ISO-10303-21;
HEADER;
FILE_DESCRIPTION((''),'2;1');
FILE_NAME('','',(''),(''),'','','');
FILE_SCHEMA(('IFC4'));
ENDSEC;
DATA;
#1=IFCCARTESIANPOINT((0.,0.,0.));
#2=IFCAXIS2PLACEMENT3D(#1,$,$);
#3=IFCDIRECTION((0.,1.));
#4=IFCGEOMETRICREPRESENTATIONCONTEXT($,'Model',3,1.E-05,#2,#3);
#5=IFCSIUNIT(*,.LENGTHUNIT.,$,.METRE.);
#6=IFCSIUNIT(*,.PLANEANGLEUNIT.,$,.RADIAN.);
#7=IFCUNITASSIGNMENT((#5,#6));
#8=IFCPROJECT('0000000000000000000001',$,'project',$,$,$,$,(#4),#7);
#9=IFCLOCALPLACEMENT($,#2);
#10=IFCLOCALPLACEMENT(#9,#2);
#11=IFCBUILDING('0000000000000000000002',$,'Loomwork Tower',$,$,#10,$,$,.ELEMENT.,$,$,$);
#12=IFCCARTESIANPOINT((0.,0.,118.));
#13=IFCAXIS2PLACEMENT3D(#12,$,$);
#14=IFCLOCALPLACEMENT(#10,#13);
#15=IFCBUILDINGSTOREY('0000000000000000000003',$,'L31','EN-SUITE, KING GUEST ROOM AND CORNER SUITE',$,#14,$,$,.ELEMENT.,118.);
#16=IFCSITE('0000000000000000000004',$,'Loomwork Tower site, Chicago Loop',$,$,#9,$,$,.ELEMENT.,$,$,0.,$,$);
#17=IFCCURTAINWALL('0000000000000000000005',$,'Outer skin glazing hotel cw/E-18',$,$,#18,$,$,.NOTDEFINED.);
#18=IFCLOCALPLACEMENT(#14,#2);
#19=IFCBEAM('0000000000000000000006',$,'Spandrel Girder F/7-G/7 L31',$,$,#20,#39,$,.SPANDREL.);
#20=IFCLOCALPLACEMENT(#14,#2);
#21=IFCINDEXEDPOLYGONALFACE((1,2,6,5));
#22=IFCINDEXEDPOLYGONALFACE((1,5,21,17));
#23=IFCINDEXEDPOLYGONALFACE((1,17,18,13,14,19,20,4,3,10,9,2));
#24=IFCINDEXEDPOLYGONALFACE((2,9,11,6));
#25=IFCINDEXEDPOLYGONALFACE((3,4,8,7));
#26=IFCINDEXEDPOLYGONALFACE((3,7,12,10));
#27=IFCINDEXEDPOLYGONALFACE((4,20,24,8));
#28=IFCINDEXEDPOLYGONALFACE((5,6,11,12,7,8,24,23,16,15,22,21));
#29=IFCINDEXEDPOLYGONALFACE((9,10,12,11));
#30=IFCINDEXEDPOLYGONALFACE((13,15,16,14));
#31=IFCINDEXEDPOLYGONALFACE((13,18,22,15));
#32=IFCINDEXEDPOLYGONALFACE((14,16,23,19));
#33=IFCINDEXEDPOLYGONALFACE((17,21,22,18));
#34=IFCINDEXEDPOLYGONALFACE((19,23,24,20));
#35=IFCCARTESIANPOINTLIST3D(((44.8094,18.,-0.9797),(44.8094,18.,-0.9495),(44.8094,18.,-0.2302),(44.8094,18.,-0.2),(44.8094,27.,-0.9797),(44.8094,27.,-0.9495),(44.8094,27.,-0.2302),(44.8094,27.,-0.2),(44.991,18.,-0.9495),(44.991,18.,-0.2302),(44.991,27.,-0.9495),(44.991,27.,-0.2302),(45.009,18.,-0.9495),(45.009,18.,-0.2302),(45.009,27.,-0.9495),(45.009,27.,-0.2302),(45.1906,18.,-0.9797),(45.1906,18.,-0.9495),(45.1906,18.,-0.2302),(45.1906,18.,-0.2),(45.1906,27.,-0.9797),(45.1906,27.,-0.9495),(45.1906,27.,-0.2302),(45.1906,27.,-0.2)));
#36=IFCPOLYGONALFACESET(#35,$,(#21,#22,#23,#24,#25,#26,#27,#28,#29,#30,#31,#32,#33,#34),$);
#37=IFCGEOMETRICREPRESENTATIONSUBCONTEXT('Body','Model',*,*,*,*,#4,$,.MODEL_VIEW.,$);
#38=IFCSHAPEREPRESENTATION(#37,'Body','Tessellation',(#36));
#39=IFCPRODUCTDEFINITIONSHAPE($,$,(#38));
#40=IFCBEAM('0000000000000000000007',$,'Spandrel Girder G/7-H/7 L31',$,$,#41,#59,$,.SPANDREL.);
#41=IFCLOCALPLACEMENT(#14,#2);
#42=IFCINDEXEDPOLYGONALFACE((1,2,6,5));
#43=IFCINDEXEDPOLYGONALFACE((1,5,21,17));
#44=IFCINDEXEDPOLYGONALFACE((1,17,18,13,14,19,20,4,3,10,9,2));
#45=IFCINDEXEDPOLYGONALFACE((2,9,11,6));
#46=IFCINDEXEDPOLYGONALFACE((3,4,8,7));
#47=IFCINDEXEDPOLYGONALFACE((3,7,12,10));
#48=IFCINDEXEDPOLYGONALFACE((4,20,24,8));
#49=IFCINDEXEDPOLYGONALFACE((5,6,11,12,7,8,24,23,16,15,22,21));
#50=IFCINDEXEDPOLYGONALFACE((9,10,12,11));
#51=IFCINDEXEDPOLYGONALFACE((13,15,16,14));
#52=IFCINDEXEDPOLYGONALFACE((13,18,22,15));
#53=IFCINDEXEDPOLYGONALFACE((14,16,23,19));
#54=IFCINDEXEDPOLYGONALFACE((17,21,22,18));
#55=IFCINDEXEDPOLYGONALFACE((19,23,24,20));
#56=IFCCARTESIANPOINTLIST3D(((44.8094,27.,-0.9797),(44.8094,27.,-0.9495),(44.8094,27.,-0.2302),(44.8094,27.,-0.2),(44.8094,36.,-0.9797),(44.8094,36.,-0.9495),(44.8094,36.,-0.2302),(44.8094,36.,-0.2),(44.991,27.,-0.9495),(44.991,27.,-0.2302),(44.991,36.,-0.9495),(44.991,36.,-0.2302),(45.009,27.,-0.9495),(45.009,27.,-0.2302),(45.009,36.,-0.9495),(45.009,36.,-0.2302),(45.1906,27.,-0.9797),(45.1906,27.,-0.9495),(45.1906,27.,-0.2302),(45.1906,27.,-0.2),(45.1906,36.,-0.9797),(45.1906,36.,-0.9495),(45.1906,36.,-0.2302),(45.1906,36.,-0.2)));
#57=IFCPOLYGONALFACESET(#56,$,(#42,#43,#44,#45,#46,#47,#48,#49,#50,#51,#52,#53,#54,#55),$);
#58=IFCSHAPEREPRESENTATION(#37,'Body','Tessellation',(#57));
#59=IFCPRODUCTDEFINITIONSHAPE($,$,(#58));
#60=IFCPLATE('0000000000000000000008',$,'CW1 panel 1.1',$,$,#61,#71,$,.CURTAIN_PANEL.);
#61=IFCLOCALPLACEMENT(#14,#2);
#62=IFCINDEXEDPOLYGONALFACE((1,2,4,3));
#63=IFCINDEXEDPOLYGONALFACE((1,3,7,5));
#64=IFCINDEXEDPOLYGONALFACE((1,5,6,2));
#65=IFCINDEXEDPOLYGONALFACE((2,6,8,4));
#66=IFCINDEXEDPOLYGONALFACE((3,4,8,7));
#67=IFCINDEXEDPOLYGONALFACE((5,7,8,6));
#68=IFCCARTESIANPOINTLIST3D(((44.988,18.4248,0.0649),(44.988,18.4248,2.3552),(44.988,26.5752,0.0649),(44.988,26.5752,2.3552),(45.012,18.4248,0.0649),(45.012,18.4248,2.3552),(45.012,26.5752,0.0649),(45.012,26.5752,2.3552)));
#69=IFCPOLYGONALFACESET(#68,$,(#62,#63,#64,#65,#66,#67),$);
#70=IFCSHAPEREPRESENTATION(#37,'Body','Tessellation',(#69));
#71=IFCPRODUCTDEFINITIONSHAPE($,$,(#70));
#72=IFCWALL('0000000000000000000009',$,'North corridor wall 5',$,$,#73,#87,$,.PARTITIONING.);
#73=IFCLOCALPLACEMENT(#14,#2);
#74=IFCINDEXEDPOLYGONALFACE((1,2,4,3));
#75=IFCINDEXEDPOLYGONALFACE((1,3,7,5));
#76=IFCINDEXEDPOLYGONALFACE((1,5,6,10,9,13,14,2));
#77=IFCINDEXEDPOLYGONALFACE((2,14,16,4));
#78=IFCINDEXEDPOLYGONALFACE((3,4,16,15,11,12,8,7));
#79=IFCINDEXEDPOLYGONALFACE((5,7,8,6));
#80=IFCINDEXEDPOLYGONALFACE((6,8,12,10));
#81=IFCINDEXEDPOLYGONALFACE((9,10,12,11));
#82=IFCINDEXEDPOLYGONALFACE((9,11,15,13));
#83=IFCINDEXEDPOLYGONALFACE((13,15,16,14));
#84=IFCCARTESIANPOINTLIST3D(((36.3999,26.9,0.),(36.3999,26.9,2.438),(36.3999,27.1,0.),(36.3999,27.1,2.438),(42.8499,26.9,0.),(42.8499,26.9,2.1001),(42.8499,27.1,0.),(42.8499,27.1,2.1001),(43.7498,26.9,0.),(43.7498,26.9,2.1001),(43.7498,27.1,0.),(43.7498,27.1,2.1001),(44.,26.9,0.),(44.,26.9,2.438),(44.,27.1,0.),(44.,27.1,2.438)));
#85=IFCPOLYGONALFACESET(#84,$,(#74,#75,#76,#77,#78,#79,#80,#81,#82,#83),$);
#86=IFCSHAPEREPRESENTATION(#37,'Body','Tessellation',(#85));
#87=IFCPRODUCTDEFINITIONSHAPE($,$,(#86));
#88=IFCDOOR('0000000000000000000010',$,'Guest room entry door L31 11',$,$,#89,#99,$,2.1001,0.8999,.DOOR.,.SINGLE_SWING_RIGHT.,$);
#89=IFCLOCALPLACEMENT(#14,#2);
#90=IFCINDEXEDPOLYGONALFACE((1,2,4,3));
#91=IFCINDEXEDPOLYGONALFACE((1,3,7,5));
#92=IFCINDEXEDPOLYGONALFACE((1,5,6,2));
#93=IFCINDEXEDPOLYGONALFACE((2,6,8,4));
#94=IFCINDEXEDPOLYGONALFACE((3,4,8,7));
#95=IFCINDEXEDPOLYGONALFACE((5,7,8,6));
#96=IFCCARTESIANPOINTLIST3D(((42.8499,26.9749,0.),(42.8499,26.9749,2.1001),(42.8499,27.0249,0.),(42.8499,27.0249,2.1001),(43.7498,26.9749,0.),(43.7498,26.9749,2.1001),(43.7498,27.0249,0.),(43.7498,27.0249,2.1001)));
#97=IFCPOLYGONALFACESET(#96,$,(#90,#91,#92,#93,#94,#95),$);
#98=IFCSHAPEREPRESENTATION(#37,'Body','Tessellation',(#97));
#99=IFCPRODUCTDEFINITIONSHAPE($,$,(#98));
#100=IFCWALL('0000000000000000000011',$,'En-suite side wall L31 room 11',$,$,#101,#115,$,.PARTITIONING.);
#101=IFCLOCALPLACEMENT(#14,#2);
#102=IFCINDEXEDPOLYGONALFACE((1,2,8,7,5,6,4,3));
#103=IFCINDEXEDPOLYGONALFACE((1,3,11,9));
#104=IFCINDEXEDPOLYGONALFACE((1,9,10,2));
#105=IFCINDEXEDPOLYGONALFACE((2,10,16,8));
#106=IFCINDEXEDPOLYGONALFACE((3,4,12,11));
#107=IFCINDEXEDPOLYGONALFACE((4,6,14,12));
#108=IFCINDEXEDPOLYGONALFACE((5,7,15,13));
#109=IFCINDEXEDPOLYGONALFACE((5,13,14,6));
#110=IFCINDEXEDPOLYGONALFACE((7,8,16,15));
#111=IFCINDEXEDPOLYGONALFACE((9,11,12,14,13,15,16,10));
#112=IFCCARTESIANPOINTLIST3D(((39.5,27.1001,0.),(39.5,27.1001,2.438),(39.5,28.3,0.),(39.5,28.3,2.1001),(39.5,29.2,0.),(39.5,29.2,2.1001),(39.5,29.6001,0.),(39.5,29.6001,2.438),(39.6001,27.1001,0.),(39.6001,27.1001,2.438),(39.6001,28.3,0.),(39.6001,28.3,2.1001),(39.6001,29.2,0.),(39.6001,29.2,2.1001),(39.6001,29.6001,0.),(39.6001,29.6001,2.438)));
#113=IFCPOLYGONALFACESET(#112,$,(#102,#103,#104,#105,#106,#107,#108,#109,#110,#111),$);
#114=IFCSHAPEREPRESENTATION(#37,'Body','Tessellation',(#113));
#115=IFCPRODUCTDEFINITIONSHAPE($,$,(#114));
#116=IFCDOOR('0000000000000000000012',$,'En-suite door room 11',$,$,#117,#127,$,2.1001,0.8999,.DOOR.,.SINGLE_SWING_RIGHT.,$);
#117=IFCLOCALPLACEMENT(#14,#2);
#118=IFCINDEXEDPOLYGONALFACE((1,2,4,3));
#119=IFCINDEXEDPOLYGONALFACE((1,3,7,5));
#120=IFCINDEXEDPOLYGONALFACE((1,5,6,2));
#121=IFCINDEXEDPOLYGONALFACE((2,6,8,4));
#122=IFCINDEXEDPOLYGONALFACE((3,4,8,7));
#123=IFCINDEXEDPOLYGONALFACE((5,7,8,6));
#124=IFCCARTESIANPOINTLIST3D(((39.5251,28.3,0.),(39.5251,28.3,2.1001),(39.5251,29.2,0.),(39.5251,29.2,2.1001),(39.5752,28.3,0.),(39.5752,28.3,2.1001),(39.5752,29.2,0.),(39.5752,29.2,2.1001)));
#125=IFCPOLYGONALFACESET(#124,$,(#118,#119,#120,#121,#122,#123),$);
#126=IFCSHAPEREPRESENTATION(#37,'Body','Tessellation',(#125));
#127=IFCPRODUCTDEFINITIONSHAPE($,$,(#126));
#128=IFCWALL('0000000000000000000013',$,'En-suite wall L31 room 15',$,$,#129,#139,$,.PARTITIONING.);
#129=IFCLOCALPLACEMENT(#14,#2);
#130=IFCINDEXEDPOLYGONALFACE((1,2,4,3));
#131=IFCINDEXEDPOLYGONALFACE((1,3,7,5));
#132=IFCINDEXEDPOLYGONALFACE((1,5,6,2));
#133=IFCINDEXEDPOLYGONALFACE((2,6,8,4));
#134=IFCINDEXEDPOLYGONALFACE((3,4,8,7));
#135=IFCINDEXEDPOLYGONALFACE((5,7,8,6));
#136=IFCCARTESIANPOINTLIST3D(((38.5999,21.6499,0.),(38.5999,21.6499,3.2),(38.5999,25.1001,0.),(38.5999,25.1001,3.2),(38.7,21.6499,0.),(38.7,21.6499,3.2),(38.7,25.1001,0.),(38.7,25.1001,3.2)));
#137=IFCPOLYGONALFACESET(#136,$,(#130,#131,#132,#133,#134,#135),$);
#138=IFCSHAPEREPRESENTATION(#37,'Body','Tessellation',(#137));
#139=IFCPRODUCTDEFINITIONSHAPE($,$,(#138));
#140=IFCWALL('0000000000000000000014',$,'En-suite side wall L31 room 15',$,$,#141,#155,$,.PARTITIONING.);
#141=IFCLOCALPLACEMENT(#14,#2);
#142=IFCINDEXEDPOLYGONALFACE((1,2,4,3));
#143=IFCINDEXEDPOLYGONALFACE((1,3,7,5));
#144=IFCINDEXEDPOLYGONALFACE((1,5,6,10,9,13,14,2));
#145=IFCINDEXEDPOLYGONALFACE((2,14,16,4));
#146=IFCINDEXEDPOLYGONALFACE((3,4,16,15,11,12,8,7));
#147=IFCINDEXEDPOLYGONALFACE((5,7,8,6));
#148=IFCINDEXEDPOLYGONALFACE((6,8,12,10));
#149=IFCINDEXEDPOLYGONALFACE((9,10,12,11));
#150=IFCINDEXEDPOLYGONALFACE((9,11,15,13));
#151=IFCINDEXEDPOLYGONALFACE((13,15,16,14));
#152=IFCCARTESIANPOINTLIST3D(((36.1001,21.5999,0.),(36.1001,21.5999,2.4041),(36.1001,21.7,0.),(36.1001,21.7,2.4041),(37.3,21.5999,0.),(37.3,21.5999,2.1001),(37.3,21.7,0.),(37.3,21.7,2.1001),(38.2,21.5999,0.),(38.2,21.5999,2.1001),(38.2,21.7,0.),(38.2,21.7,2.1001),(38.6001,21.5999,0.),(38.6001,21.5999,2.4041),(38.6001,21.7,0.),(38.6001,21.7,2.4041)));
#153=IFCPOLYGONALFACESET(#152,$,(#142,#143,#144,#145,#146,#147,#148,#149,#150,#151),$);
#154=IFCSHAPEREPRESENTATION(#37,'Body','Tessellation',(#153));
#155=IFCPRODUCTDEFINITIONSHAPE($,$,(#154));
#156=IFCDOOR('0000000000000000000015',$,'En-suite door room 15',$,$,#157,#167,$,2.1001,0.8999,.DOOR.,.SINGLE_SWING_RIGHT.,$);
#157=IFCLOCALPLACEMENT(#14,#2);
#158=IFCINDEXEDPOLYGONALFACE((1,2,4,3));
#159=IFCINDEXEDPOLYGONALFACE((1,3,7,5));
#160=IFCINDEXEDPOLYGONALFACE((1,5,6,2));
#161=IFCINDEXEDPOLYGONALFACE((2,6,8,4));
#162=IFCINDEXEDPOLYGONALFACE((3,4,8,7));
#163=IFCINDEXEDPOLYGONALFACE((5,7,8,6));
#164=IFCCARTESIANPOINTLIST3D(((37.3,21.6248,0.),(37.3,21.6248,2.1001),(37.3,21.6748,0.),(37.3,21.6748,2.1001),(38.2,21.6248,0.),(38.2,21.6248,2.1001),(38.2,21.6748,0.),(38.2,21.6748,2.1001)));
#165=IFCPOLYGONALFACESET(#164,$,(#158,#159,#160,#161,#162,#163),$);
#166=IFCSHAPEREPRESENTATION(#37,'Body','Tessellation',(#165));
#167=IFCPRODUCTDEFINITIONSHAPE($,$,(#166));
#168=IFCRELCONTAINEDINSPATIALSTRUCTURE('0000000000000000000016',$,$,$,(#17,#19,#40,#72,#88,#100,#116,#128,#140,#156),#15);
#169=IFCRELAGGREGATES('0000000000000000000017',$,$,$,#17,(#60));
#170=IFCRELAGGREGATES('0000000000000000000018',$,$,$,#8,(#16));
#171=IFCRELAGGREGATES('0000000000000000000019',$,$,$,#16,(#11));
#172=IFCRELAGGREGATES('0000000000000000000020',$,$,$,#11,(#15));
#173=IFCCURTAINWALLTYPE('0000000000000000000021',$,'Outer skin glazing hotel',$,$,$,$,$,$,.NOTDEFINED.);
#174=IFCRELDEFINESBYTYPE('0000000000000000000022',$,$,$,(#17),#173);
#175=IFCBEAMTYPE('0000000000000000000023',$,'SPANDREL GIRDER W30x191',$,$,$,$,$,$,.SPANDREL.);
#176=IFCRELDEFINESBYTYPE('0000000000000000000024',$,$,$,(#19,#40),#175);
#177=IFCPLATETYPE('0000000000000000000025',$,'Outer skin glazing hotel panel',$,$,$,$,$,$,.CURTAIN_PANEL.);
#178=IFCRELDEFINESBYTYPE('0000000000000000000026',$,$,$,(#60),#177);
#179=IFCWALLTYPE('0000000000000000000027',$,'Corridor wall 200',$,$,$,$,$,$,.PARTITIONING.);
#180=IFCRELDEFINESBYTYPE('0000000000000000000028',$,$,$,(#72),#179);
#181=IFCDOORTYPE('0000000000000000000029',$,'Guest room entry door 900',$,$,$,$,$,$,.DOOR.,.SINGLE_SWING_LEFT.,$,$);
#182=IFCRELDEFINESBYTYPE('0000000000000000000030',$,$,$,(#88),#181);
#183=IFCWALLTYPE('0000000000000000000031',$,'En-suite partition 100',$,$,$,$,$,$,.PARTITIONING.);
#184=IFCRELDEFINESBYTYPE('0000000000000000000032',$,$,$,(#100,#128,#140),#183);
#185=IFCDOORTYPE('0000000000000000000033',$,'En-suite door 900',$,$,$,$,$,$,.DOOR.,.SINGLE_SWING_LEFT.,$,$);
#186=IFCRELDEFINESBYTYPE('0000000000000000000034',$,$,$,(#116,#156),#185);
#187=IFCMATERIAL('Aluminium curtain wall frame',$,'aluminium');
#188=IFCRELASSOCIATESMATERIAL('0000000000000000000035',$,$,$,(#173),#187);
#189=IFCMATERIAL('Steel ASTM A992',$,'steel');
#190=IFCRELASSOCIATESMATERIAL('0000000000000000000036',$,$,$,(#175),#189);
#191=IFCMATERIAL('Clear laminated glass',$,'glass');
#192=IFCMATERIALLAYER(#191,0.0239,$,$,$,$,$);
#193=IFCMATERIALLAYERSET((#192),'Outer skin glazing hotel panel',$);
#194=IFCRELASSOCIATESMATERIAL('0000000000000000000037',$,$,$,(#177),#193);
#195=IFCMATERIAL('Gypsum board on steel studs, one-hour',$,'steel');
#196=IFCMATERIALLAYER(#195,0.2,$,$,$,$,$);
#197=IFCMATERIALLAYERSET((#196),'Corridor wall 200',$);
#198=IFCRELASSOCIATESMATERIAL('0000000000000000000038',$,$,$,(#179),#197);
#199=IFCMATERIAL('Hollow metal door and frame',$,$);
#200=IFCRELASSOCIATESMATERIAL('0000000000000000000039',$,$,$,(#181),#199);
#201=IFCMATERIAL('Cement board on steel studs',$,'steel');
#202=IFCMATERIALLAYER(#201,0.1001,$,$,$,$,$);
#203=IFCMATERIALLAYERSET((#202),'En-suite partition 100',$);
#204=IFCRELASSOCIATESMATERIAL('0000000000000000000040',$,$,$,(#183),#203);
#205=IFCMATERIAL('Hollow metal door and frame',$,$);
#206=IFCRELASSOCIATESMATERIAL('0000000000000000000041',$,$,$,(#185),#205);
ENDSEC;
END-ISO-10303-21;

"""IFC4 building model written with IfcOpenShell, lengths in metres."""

from ifc_helpers import new_model, si_unit, direction, frame, frame_2d, origin, origin_2d, place, context, subcontext, project, spatial, rectangle, i_section, extrude, material, layer, layer_set, material_profile, profile_set, type_object, element, fill, aggregate, save


model = new_model("IFC4")

# Units and contexts
model_context = context("Model", 3, precision=1e-05, world=origin(), true_north=direction((0.0, 1.0)))
body_context = subcontext(model_context, "Body", "Model", "MODEL_VIEW")
ifc_project = project(units=[si_unit("LENGTHUNIT", "METRE"), si_unit("PLANEANGLEUNIT", "RADIAN")], contexts=[model_context])

# Site, building, storey
site_placement = place(None, origin())
site = spatial("IfcSite", under=ifc_project, at=site_placement, Name="Loomwork Tower site, Chicago Loop", CompositionType="ELEMENT", RefElevation=0.0)
building_placement = place(site_placement, origin())
building = spatial("IfcBuilding", under=site, at=building_placement, Name="Loomwork Tower", CompositionType="ELEMENT")
storey_placement = place(building_placement, frame((0.0, 0.0, 118.0)))
storey = spatial("IfcBuildingStorey", under=building, at=storey_placement, Name="L31", Description="EN-SUITE, KING GUEST ROOM AND CORNER SUITE", CompositionType="ELEMENT", Elevation=118.0)

# Curtain wall
ifc_material_1 = material(Name="Aluminium curtain wall frame", Category="aluminium")
curtain_wall_type = type_object("IfcCurtainWallType", Name="Outer skin glazing hotel", PredefinedType="NOTDEFINED", material=ifc_material_1)
curtain_wall_1_placement = place(storey_placement, origin())
curtain_wall_1 = element("IfcCurtainWall", 1, at=curtain_wall_1_placement, inside=storey, type_object=curtain_wall_type, Name="Outer skin glazing hotel cw/E-18", PredefinedType="NOTDEFINED")

# Beams
ifc_material_2 = material(Name="Steel ASTM A992", Category="steel")
ifc_material_profile_1 = material_profile(ifc_material_2, i_section(OverallWidth=0.3811, OverallDepth=0.7798, WebThickness=0.0181, FlangeThickness=0.0303, at=origin_2d()), Name="W30x191")
ifc_profile_set_1 = profile_set([ifc_material_profile_1], Name="Steel ASTM A992")
beam_type_1 = type_object("IfcBeamType", Name="SPANDREL GIRDER W30x191", PredefinedType="SPANDREL", material=ifc_profile_set_1)
for number, where, z_axis, x_axis, name in (
    (2, (45.0, 18.0, -0.5898), (0.0, 1.0, 0.0), (-1.0, 0.0, 0.0), "Spandrel Girder F/7-G/7 L31"),
    (3, (45.0, 27.0, -0.5898), (0.0, 1.0, 0.0), (-1.0, 0.0, 0.0), "Spandrel Girder G/7-H/7 L31"),
):
    element("IfcBeam", number, at=place(storey_placement, frame(where, z_axis=z_axis, x_axis=x_axis)), inside=storey, type_object=beam_type_1, Name=name, PredefinedType="SPANDREL", context=body_context, shape_type="SweptSolid", body=[
        extrude(i_section(OverallWidth=0.3811, OverallDepth=0.7798, WebThickness=0.0181, FlangeThickness=0.0303, at=origin_2d()), origin(), (0.0, 0.0, 1.0), 9.0),
    ])

# Plate
ifc_material_3 = material(Name="Clear laminated glass", Category="glass")
ifc_layer_1 = layer(ifc_material_3, 0.0239)
ifc_layer_set_1 = layer_set([ifc_layer_1], Name="Outer skin glazing hotel panel")
plate_type = type_object("IfcPlateType", Name="Outer skin glazing hotel panel", PredefinedType="CURTAIN_PANEL", material=ifc_layer_set_1)
plate_placement = place(storey_placement, frame((45.0, 22.5, 0.0649), z_axis=(0.0, 0.0, 1.0), x_axis=(0.0, 1.0, 0.0)))
plate = element("IfcPlate", 4, at=plate_placement, type_object=plate_type, Name="CW1 panel 1.1", PredefinedType="CURTAIN_PANEL", context=body_context, shape_type="SweptSolid", body=[
    extrude(rectangle(XDim=8.1504, YDim=0.0239, at=origin_2d()), origin(), (0.0, 0.0, 1.0), 2.2903),
])
aggregate(curtain_wall_1, [plate])

# Walls, openings, doors
ifc_material_4 = material(Name="Gypsum board on steel studs, one-hour", Category="steel")
ifc_layer_2 = layer(ifc_material_4, 0.2)
ifc_layer_set_2 = layer_set([ifc_layer_2], Name="Corridor wall 200")
wall_type_1 = type_object("IfcWallType", Name="Corridor wall 200", PredefinedType="PARTITIONING", material=ifc_layer_set_2)
wall_1_placement = place(storey_placement, frame((36.3999, 27.0, 0.0), z_axis=(0.0, 0.0, 1.0), x_axis=(1.0, 0.0, 0.0)))
wall_1 = element("IfcWall", 5, at=wall_1_placement, inside=storey, type_object=wall_type_1, Name="North corridor wall 5", PredefinedType="PARTITIONING", context=body_context, shape_type="SweptSolid", body=[
    extrude(rectangle(XDim=7.6001, YDim=0.2, at=frame_2d((3.8, 0.0))), origin(), (0.0, 0.0, 1.0), 2.438),
])
opening_1_placement = place(wall_1_placement, frame((6.45, 0.0, 0.0)))
opening_1 = element("IfcOpeningElement", 6, at=opening_1_placement, cuts=wall_1, PredefinedType="OPENING", context=body_context, shape_type="SweptSolid", body=[
    extrude(rectangle(XDim=0.8999, YDim=2.1001, at=frame_2d((0.45, 1.05))), frame((0.0, 0.1099, 0.0), z_axis=(0.0, -1.0, 0.0), x_axis=(1.0, 0.0, 0.0)), (0.0, 0.0, 1.0), 0.22),
])
ifc_material_5 = material(Name="Hollow metal door and frame")
door_type_1 = type_object("IfcDoorType", Name="Guest room entry door 900", OperationType="SINGLE_SWING_LEFT", PredefinedType="DOOR", material=ifc_material_5)
door_1_placement = place(opening_1_placement, origin())
door_1 = element("IfcDoor", 7, at=door_1_placement, inside=storey, type_object=door_type_1, Name="Guest room entry door L31 11", OperationType="SINGLE_SWING_RIGHT", OverallHeight=2.1001, OverallWidth=0.8999, PredefinedType="DOOR", context=body_context, shape_type="SweptSolid", body=[
    extrude(rectangle(XDim=0.8999, YDim=2.1001, at=frame_2d((0.45, 1.05))), frame((0.0, 0.0249, 0.0), z_axis=(0.0, -1.0, 0.0), x_axis=(1.0, 0.0, 0.0)), (0.0, 0.0, 1.0), 0.05),
])
fill(opening_1, door_1)
ifc_material_6 = material(Name="Cement board on steel studs", Category="steel")
ifc_layer_3 = layer(ifc_material_6, 0.1001)
ifc_layer_set_3 = layer_set([ifc_layer_3], Name="En-suite partition 100")
wall_type_2 = type_object("IfcWallType", Name="En-suite partition 100", PredefinedType="PARTITIONING", material=ifc_layer_set_3)
wall_2_placement = place(storey_placement, frame((39.55, 27.1001, 0.0), z_axis=(0.0, 0.0, 1.0), x_axis=(0.0, 1.0, 0.0)))
wall_2 = element("IfcWall", 8, at=wall_2_placement, inside=storey, type_object=wall_type_2, Name="En-suite side wall L31 room 11", PredefinedType="PARTITIONING", context=body_context, shape_type="SweptSolid", body=[
    extrude(rectangle(XDim=2.5, YDim=0.1001, at=frame_2d((1.25, 0.0))), origin(), (0.0, 0.0, 1.0), 2.438),
])
opening_2_placement = place(wall_2_placement, frame((1.2, 0.0, 0.0)))
opening_2 = element("IfcOpeningElement", 9, at=opening_2_placement, cuts=wall_2, PredefinedType="OPENING", context=body_context, shape_type="SweptSolid", body=[
    extrude(rectangle(XDim=0.8999, YDim=2.1001, at=frame_2d((0.45, 1.05))), frame((0.0, 0.0601, 0.0), z_axis=(0.0, -1.0, 0.0), x_axis=(1.0, 0.0, 0.0)), (0.0, 0.0, 1.0), 0.1201),
])
ifc_material_7 = material(Name="Hollow metal door and frame")
door_type_2 = type_object("IfcDoorType", Name="En-suite door 900", OperationType="SINGLE_SWING_LEFT", PredefinedType="DOOR", material=ifc_material_7)
door_2_placement = place(opening_2_placement, origin())
door_2 = element("IfcDoor", 10, at=door_2_placement, inside=storey, type_object=door_type_2, Name="En-suite door room 11", OperationType="SINGLE_SWING_RIGHT", OverallHeight=2.1001, OverallWidth=0.8999, PredefinedType="DOOR", context=body_context, shape_type="SweptSolid", body=[
    extrude(rectangle(XDim=0.8999, YDim=2.1001, at=frame_2d((0.45, 1.05))), frame((0.0, 0.0249, 0.0), z_axis=(0.0, -1.0, 0.0), x_axis=(1.0, 0.0, 0.0)), (0.0, 0.0, 1.0), 0.05),
])
fill(opening_2, door_2)

# Wall
wall_3_placement = place(storey_placement, frame((38.6499, 21.6499, 0.0), z_axis=(0.0, 0.0, 1.0), x_axis=(0.0, 1.0, 0.0)))
element("IfcWall", 11, at=wall_3_placement, inside=storey, type_object=wall_type_2, Name="En-suite wall L31 room 15", PredefinedType="PARTITIONING", context=body_context, shape_type="SweptSolid", body=[
    extrude(rectangle(XDim=3.4502, YDim=0.1001, at=frame_2d((1.7251, 0.0))), origin(), (0.0, 0.0, 1.0), 3.2),
])

# Wall, opening, door
wall_4_placement = place(storey_placement, frame((36.1001, 21.6499, 0.0), z_axis=(0.0, 0.0, 1.0), x_axis=(1.0, 0.0, 0.0)))
wall_4 = element("IfcWall", 12, at=wall_4_placement, inside=storey, type_object=wall_type_2, Name="En-suite side wall L31 room 15", PredefinedType="PARTITIONING", context=body_context, shape_type="SweptSolid", body=[
    extrude(rectangle(XDim=2.5, YDim=0.1001, at=frame_2d((1.25, 0.0))), origin(), (0.0, 0.0, 1.0), 2.4041),
])
opening_3_placement = place(wall_4_placement, frame((1.2, 0.0, 0.0)))
opening_3 = element("IfcOpeningElement", 13, at=opening_3_placement, cuts=wall_4, PredefinedType="OPENING", context=body_context, shape_type="SweptSolid", body=[
    extrude(rectangle(XDim=0.8999, YDim=2.1001, at=frame_2d((0.45, 1.05))), frame((0.0, 0.0601, 0.0), z_axis=(0.0, -1.0, 0.0), x_axis=(1.0, 0.0, 0.0)), (0.0, 0.0, 1.0), 0.1201),
])
door_3_placement = place(opening_3_placement, origin())
door_3 = element("IfcDoor", 14, at=door_3_placement, inside=storey, type_object=door_type_2, Name="En-suite door room 15", OperationType="SINGLE_SWING_RIGHT", OverallHeight=2.1001, OverallWidth=0.8999, PredefinedType="DOOR", context=body_context, shape_type="SweptSolid", body=[
    extrude(rectangle(XDim=0.8999, YDim=2.1001, at=frame_2d((0.45, 1.05))), frame((0.0, 0.0249, 0.0), z_axis=(0.0, -1.0, 0.0), x_axis=(1.0, 0.0, 0.0)), (0.0, 0.0, 1.0), 0.05),
])
fill(opening_3, door_3)

save(model, "model.ifc")
